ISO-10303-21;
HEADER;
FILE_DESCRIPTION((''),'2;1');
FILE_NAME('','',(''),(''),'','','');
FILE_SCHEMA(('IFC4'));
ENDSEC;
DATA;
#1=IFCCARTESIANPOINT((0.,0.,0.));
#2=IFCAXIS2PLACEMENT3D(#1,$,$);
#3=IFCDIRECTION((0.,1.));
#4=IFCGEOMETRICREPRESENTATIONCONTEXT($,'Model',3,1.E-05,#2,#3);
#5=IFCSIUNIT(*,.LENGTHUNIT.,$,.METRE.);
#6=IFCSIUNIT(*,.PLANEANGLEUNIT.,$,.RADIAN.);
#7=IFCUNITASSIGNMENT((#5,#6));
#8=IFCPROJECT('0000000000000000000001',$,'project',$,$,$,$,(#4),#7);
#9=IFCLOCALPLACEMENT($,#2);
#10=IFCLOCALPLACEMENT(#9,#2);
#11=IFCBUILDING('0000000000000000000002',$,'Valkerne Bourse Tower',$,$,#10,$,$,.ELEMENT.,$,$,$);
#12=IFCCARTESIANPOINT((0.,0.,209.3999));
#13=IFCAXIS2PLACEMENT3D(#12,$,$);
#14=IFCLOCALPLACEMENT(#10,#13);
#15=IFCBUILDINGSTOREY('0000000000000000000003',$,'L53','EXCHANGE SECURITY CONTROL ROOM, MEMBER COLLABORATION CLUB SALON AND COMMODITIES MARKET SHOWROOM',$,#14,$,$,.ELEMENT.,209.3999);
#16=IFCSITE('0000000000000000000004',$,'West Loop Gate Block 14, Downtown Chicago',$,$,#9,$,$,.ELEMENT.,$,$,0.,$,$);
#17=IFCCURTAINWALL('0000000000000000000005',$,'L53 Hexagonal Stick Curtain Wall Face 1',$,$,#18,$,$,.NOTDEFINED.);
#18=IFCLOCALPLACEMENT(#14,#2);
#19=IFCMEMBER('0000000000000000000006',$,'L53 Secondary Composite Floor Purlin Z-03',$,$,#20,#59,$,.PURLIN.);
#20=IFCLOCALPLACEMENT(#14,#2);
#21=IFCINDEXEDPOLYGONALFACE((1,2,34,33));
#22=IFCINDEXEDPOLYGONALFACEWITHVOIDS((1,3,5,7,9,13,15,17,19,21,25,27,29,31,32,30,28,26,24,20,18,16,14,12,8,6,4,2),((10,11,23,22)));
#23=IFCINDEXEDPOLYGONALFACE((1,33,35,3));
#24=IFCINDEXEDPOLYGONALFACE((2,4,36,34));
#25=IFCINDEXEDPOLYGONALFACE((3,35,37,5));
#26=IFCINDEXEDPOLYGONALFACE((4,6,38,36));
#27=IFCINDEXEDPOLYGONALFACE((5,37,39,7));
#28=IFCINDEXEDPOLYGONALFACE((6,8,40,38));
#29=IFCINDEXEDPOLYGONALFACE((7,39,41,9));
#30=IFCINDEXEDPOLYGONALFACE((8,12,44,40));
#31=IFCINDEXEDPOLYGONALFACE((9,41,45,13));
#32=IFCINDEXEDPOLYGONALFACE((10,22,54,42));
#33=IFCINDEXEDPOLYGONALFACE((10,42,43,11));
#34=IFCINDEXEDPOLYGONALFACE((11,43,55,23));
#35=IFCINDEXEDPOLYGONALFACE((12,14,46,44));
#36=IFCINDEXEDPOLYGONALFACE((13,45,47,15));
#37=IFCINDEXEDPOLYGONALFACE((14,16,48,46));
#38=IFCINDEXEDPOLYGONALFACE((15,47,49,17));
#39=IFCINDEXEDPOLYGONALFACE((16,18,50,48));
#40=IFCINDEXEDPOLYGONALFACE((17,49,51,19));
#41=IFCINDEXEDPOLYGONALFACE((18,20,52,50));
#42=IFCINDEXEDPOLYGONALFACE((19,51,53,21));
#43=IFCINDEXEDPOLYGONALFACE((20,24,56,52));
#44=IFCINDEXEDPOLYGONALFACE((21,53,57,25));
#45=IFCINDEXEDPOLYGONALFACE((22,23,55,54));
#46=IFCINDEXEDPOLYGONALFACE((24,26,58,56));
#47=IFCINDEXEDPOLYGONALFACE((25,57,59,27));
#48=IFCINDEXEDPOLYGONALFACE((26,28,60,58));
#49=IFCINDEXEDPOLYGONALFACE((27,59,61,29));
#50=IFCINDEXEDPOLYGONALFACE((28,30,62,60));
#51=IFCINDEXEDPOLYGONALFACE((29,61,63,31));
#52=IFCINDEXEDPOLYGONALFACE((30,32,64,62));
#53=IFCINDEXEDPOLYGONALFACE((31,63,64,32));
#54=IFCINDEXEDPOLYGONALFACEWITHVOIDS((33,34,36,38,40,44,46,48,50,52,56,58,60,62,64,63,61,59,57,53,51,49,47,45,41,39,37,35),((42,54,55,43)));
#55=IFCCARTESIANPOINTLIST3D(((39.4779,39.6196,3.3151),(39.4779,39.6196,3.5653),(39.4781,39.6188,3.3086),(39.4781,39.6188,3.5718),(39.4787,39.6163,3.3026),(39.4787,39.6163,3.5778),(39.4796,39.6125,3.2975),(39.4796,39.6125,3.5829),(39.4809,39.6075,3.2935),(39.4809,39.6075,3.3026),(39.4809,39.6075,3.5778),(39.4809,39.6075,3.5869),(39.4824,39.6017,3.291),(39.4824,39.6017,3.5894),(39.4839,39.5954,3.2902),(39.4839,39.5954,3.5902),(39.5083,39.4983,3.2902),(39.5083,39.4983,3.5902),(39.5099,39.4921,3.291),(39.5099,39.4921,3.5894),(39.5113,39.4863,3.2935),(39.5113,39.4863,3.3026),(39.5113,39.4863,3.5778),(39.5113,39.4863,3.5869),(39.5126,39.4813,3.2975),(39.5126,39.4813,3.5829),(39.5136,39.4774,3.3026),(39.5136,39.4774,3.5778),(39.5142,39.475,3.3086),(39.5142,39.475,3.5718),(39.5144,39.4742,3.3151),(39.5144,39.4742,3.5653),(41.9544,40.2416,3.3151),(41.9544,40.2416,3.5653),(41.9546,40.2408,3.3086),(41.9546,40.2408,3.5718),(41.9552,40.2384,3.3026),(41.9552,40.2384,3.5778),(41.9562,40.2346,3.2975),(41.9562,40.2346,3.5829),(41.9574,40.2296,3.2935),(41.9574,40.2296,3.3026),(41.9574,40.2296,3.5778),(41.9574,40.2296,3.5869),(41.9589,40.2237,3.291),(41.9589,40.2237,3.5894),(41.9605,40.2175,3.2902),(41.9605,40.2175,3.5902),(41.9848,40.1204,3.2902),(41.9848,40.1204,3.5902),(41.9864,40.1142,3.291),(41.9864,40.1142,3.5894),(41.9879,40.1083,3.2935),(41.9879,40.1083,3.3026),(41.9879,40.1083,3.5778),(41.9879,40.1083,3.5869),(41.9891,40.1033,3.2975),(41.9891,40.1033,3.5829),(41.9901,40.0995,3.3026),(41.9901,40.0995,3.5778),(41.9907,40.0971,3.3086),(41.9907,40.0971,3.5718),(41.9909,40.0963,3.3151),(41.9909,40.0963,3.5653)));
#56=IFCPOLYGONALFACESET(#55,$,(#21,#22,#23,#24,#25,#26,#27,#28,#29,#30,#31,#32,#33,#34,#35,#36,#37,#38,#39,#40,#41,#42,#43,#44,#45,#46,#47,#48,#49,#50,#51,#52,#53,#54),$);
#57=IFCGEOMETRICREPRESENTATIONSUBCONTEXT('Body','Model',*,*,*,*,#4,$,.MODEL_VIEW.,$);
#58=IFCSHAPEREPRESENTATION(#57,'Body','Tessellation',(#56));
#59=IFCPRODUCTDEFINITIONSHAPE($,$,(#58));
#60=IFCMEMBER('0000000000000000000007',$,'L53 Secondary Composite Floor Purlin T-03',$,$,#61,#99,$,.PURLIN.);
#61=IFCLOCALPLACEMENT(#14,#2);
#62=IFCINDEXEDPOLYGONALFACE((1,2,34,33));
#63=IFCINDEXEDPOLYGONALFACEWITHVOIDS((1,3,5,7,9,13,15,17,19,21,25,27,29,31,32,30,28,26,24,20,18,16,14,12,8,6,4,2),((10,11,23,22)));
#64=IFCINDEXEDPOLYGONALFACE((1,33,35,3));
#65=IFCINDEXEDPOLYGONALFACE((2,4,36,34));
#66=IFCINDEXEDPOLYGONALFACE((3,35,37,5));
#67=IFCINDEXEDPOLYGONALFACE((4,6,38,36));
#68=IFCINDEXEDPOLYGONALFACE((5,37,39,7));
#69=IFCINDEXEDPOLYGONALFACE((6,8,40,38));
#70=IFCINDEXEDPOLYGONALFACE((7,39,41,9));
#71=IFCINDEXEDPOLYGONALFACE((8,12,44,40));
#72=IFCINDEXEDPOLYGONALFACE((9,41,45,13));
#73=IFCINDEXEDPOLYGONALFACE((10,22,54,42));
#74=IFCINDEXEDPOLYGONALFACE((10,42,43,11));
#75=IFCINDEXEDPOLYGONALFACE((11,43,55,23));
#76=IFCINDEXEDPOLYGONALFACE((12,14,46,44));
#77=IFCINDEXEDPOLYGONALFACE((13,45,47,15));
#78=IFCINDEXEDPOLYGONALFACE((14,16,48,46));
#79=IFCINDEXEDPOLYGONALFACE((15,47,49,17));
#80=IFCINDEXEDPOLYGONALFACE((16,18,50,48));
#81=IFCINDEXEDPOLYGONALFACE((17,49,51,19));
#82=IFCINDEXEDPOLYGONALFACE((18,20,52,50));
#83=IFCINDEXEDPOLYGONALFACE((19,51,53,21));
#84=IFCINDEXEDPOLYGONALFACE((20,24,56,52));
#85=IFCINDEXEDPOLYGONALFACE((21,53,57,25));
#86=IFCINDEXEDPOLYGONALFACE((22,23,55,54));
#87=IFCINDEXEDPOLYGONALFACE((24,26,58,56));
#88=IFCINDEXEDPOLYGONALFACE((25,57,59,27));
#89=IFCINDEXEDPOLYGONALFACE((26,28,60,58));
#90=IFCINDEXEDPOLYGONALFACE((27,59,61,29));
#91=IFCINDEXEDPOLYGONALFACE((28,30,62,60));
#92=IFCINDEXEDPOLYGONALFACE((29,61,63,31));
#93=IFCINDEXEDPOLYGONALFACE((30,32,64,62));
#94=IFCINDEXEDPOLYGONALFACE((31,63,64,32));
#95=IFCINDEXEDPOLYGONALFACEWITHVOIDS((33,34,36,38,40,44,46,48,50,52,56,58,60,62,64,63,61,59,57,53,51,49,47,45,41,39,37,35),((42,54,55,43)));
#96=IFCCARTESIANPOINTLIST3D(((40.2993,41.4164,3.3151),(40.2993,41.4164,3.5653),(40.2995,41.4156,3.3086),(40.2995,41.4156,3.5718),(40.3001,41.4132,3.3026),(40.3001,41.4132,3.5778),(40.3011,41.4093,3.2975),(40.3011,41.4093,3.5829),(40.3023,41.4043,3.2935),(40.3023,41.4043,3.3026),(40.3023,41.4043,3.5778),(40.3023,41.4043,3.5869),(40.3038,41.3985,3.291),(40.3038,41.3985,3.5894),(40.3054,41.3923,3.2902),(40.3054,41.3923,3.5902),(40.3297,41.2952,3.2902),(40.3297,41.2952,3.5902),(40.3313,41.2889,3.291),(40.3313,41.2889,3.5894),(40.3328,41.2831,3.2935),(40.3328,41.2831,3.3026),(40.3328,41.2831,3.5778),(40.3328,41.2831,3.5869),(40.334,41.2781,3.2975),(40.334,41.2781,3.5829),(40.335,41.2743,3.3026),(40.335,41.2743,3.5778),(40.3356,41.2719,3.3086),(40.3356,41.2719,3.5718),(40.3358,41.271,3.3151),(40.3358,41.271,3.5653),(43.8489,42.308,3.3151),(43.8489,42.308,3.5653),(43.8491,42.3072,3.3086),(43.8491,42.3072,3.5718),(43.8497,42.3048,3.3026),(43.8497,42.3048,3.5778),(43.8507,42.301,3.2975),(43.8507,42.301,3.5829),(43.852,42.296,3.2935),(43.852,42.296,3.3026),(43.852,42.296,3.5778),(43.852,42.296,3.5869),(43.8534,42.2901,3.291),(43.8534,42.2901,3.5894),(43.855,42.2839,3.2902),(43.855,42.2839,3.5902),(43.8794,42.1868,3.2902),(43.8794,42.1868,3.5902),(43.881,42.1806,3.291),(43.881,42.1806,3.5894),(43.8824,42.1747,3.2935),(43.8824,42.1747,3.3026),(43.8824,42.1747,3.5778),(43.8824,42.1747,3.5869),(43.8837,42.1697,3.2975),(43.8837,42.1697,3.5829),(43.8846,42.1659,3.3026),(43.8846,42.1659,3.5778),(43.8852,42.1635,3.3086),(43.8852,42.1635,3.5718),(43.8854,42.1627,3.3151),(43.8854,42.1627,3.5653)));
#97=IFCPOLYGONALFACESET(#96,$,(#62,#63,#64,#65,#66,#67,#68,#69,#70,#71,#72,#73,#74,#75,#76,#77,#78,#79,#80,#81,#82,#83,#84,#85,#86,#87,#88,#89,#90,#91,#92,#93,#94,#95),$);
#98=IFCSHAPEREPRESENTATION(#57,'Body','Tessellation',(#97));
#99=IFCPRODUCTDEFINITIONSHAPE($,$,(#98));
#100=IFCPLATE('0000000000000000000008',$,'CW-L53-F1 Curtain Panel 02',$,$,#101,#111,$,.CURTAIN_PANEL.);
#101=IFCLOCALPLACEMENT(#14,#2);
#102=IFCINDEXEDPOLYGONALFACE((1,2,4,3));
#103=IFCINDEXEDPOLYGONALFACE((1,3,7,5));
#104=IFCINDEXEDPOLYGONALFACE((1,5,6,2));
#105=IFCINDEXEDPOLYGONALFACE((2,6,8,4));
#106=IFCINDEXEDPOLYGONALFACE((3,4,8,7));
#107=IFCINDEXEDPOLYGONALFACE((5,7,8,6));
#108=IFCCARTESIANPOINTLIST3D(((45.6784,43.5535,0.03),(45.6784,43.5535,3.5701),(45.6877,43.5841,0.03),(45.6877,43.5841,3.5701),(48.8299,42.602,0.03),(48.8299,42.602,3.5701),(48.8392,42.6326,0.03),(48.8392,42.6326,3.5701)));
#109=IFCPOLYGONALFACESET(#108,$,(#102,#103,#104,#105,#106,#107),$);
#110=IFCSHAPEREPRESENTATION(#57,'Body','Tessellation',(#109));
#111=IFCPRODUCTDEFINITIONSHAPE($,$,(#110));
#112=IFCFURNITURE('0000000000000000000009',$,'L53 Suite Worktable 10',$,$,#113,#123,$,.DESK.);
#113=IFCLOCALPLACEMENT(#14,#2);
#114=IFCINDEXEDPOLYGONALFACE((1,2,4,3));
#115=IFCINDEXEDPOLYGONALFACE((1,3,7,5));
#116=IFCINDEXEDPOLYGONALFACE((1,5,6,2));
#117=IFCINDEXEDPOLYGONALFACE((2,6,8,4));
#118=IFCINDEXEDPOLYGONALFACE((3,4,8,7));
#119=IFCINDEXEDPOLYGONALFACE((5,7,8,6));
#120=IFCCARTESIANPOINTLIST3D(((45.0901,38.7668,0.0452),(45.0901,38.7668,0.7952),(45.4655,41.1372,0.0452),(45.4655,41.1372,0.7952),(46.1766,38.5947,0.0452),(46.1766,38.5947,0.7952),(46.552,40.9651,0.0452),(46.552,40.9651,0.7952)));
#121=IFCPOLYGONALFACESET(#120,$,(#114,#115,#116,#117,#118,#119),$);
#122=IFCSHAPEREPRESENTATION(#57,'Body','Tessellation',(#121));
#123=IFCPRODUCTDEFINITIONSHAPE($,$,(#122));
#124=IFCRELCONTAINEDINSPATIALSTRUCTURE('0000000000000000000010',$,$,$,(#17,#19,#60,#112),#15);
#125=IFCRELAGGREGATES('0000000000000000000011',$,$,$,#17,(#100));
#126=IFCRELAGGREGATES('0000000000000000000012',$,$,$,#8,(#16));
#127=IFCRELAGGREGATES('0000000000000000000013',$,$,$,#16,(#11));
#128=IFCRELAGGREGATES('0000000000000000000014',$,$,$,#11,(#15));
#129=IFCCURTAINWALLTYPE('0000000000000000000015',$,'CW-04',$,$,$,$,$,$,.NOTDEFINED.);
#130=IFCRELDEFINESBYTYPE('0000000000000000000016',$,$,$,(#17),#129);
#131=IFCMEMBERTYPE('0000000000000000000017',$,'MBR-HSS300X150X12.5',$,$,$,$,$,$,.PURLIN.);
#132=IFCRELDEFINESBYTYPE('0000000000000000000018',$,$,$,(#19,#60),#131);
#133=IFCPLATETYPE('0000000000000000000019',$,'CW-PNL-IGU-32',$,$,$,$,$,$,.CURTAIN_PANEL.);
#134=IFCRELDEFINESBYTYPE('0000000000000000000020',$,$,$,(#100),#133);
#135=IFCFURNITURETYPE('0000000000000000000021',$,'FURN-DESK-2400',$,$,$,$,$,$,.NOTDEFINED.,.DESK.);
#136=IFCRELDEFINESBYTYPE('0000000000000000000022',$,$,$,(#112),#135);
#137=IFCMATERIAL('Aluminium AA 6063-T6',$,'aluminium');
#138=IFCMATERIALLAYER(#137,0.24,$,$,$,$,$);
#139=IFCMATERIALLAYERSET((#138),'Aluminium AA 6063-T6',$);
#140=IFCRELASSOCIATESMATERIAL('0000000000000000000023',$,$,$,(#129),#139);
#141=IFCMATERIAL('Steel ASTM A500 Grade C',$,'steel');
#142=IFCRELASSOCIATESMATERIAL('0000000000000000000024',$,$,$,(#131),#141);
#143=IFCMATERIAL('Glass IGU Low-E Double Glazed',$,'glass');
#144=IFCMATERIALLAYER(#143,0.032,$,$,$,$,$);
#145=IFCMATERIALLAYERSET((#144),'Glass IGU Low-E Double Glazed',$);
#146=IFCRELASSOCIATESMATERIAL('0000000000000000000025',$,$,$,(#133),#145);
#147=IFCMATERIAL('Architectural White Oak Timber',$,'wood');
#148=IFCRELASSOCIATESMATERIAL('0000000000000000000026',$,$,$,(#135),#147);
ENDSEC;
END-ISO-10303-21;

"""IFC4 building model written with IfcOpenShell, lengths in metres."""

from ifc_helpers import new_model, si_unit, direction, frame, origin, origin_2d, place, context, subcontext, project, spatial, rectangle, hollow_rectangle, extrude, material, layer, layer_set, material_profile, profile_set, type_object, element, aggregate, save


model = new_model("IFC4")

# Units and contexts
model_context = context("Model", 3, precision=1e-05, world=origin(), true_north=direction((0.0, 1.0)))
body_context = subcontext(model_context, "Body", "Model", "MODEL_VIEW")
ifc_project = project(units=[si_unit("LENGTHUNIT", "METRE"), si_unit("PLANEANGLEUNIT", "RADIAN")], contexts=[model_context])

# Site, building, storey
site_placement = place(None, origin())
site = spatial("IfcSite", under=ifc_project, at=site_placement, Name="West Loop Gate Block 14, Downtown Chicago", CompositionType="ELEMENT", RefElevation=0.0)
building_placement = place(site_placement, origin())
building = spatial("IfcBuilding", under=site, at=building_placement, Name="Valkerne Bourse Tower", CompositionType="ELEMENT")
storey_placement = place(building_placement, frame((0.0, 0.0, 209.3999)))
storey = spatial("IfcBuildingStorey", under=building, at=storey_placement, Name="L53", Description="EXCHANGE SECURITY CONTROL ROOM, MEMBER COLLABORATION CLUB SALON AND COMMODITIES MARKET SHOWROOM", CompositionType="ELEMENT", Elevation=209.3999)

# Curtain wall
ifc_material_1 = material(Name="Aluminium AA 6063-T6", Category="aluminium")
ifc_layer_1 = layer(ifc_material_1, 0.24)
ifc_layer_set_1 = layer_set([ifc_layer_1], Name="Aluminium AA 6063-T6")
curtain_wall_type = type_object("IfcCurtainWallType", Name="CW-04", PredefinedType="NOTDEFINED", material=ifc_layer_set_1)
curtain_wall_1_placement = place(storey_placement, origin())
curtain_wall_1 = element("IfcCurtainWall", 1, at=curtain_wall_1_placement, inside=storey, type_object=curtain_wall_type, Name="L53 Hexagonal Stick Curtain Wall Face 1", PredefinedType="NOTDEFINED")

# Members
ifc_material_2 = material(Name="Steel ASTM A500 Grade C", Category="steel")
ifc_material_profile_1 = material_profile(ifc_material_2, hollow_rectangle(XDim=0.1499, YDim=0.3, WallThickness=0.0125, OuterFilletRadius=0.0249, at=origin_2d()), Name="HSS300X150X12.5")
ifc_profile_set_1 = profile_set([ifc_material_profile_1], Name="Steel ASTM A500 Grade C")
member_type_1 = type_object("IfcMemberType", Name="MBR-HSS300X150X12.5", PredefinedType="PURLIN", material=ifc_profile_set_1)
member_1_placement = place(storey_placement, frame((41.9727, 40.1689, 3.4402), z_axis=(-0.969872, -0.243615, 0.0), x_axis=(0.243615, -0.969872, 0.0)))
element("IfcMember", 2, at=member_1_placement, inside=storey, type_object=member_type_1, Name="L53 Secondary Composite Floor Purlin Z-03", PredefinedType="PURLIN", context=body_context, shape_type="SweptSolid", body=[
    extrude(hollow_rectangle(XDim=0.1499, YDim=0.3, WallThickness=0.0125, OuterFilletRadius=0.0249, at=origin_2d()), origin(), (0.0, 0.0, 1.0), 2.5535),
])
member_2_placement = place(storey_placement, frame((43.8672, 42.2354, 3.4402), z_axis=(-0.969871, -0.243619, 0.0), x_axis=(0.243619, -0.969871, 0.0)))
element("IfcMember", 3, at=member_2_placement, inside=storey, type_object=member_type_1, Name="L53 Secondary Composite Floor Purlin T-03", PredefinedType="PURLIN", context=body_context, shape_type="SweptSolid", body=[
    extrude(hollow_rectangle(XDim=0.1499, YDim=0.3, WallThickness=0.0125, OuterFilletRadius=0.0249, at=origin_2d()), origin(), (0.0, 0.0, 1.0), 3.6599),
])

# Plate
ifc_material_3 = material(Name="Glass IGU Low-E Double Glazed", Category="glass")
ifc_layer_2 = layer(ifc_material_3, 0.032)
ifc_layer_set_2 = layer_set([ifc_layer_2], Name="Glass IGU Low-E Double Glazed")
plate_type = type_object("IfcPlateType", Name="CW-PNL-IGU-32", PredefinedType="CURTAIN_PANEL", material=ifc_layer_set_2)
plate_placement = place(storey_placement, frame((47.2588, 43.093, 0.03), z_axis=(0.0, 0.0, 1.0), x_axis=(-0.957319, 0.289033, 0.0)))
plate = element("IfcPlate", 4, at=plate_placement, type_object=plate_type, Name="CW-L53-F1 Curtain Panel 02", PredefinedType="CURTAIN_PANEL", context=body_context, shape_type="SweptSolid", body=[
    extrude(rectangle(XDim=3.292, YDim=0.032, at=origin_2d()), origin(), (0.0, 0.0, 1.0), 3.54),
])
aggregate(curtain_wall_1, [plate])

# Furniture
ifc_material_4 = material(Name="Architectural White Oak Timber", Category="wood")
furniture_type = type_object("IfcFurnitureType", Name="FURN-DESK-2400", AssemblyPlace="NOTDEFINED", PredefinedType="DESK", material=ifc_material_4)
furniture_placement = place(storey_placement, frame((45.821, 39.866, 0.0452), z_axis=(0.0, 0.0, 1.0), x_axis=(0.156434, 0.987688, 0.0)))
element("IfcFurniture", 5, at=furniture_placement, inside=storey, type_object=furniture_type, Name="L53 Suite Worktable 10", PredefinedType="DESK", context=body_context, shape_type="SweptSolid", body=[
    extrude(rectangle(XDim=2.3999, YDim=1.1001, at=origin_2d()), origin(), (0.0, 0.0, 1.0), 0.75),
])

save(model, "model.ifc")
